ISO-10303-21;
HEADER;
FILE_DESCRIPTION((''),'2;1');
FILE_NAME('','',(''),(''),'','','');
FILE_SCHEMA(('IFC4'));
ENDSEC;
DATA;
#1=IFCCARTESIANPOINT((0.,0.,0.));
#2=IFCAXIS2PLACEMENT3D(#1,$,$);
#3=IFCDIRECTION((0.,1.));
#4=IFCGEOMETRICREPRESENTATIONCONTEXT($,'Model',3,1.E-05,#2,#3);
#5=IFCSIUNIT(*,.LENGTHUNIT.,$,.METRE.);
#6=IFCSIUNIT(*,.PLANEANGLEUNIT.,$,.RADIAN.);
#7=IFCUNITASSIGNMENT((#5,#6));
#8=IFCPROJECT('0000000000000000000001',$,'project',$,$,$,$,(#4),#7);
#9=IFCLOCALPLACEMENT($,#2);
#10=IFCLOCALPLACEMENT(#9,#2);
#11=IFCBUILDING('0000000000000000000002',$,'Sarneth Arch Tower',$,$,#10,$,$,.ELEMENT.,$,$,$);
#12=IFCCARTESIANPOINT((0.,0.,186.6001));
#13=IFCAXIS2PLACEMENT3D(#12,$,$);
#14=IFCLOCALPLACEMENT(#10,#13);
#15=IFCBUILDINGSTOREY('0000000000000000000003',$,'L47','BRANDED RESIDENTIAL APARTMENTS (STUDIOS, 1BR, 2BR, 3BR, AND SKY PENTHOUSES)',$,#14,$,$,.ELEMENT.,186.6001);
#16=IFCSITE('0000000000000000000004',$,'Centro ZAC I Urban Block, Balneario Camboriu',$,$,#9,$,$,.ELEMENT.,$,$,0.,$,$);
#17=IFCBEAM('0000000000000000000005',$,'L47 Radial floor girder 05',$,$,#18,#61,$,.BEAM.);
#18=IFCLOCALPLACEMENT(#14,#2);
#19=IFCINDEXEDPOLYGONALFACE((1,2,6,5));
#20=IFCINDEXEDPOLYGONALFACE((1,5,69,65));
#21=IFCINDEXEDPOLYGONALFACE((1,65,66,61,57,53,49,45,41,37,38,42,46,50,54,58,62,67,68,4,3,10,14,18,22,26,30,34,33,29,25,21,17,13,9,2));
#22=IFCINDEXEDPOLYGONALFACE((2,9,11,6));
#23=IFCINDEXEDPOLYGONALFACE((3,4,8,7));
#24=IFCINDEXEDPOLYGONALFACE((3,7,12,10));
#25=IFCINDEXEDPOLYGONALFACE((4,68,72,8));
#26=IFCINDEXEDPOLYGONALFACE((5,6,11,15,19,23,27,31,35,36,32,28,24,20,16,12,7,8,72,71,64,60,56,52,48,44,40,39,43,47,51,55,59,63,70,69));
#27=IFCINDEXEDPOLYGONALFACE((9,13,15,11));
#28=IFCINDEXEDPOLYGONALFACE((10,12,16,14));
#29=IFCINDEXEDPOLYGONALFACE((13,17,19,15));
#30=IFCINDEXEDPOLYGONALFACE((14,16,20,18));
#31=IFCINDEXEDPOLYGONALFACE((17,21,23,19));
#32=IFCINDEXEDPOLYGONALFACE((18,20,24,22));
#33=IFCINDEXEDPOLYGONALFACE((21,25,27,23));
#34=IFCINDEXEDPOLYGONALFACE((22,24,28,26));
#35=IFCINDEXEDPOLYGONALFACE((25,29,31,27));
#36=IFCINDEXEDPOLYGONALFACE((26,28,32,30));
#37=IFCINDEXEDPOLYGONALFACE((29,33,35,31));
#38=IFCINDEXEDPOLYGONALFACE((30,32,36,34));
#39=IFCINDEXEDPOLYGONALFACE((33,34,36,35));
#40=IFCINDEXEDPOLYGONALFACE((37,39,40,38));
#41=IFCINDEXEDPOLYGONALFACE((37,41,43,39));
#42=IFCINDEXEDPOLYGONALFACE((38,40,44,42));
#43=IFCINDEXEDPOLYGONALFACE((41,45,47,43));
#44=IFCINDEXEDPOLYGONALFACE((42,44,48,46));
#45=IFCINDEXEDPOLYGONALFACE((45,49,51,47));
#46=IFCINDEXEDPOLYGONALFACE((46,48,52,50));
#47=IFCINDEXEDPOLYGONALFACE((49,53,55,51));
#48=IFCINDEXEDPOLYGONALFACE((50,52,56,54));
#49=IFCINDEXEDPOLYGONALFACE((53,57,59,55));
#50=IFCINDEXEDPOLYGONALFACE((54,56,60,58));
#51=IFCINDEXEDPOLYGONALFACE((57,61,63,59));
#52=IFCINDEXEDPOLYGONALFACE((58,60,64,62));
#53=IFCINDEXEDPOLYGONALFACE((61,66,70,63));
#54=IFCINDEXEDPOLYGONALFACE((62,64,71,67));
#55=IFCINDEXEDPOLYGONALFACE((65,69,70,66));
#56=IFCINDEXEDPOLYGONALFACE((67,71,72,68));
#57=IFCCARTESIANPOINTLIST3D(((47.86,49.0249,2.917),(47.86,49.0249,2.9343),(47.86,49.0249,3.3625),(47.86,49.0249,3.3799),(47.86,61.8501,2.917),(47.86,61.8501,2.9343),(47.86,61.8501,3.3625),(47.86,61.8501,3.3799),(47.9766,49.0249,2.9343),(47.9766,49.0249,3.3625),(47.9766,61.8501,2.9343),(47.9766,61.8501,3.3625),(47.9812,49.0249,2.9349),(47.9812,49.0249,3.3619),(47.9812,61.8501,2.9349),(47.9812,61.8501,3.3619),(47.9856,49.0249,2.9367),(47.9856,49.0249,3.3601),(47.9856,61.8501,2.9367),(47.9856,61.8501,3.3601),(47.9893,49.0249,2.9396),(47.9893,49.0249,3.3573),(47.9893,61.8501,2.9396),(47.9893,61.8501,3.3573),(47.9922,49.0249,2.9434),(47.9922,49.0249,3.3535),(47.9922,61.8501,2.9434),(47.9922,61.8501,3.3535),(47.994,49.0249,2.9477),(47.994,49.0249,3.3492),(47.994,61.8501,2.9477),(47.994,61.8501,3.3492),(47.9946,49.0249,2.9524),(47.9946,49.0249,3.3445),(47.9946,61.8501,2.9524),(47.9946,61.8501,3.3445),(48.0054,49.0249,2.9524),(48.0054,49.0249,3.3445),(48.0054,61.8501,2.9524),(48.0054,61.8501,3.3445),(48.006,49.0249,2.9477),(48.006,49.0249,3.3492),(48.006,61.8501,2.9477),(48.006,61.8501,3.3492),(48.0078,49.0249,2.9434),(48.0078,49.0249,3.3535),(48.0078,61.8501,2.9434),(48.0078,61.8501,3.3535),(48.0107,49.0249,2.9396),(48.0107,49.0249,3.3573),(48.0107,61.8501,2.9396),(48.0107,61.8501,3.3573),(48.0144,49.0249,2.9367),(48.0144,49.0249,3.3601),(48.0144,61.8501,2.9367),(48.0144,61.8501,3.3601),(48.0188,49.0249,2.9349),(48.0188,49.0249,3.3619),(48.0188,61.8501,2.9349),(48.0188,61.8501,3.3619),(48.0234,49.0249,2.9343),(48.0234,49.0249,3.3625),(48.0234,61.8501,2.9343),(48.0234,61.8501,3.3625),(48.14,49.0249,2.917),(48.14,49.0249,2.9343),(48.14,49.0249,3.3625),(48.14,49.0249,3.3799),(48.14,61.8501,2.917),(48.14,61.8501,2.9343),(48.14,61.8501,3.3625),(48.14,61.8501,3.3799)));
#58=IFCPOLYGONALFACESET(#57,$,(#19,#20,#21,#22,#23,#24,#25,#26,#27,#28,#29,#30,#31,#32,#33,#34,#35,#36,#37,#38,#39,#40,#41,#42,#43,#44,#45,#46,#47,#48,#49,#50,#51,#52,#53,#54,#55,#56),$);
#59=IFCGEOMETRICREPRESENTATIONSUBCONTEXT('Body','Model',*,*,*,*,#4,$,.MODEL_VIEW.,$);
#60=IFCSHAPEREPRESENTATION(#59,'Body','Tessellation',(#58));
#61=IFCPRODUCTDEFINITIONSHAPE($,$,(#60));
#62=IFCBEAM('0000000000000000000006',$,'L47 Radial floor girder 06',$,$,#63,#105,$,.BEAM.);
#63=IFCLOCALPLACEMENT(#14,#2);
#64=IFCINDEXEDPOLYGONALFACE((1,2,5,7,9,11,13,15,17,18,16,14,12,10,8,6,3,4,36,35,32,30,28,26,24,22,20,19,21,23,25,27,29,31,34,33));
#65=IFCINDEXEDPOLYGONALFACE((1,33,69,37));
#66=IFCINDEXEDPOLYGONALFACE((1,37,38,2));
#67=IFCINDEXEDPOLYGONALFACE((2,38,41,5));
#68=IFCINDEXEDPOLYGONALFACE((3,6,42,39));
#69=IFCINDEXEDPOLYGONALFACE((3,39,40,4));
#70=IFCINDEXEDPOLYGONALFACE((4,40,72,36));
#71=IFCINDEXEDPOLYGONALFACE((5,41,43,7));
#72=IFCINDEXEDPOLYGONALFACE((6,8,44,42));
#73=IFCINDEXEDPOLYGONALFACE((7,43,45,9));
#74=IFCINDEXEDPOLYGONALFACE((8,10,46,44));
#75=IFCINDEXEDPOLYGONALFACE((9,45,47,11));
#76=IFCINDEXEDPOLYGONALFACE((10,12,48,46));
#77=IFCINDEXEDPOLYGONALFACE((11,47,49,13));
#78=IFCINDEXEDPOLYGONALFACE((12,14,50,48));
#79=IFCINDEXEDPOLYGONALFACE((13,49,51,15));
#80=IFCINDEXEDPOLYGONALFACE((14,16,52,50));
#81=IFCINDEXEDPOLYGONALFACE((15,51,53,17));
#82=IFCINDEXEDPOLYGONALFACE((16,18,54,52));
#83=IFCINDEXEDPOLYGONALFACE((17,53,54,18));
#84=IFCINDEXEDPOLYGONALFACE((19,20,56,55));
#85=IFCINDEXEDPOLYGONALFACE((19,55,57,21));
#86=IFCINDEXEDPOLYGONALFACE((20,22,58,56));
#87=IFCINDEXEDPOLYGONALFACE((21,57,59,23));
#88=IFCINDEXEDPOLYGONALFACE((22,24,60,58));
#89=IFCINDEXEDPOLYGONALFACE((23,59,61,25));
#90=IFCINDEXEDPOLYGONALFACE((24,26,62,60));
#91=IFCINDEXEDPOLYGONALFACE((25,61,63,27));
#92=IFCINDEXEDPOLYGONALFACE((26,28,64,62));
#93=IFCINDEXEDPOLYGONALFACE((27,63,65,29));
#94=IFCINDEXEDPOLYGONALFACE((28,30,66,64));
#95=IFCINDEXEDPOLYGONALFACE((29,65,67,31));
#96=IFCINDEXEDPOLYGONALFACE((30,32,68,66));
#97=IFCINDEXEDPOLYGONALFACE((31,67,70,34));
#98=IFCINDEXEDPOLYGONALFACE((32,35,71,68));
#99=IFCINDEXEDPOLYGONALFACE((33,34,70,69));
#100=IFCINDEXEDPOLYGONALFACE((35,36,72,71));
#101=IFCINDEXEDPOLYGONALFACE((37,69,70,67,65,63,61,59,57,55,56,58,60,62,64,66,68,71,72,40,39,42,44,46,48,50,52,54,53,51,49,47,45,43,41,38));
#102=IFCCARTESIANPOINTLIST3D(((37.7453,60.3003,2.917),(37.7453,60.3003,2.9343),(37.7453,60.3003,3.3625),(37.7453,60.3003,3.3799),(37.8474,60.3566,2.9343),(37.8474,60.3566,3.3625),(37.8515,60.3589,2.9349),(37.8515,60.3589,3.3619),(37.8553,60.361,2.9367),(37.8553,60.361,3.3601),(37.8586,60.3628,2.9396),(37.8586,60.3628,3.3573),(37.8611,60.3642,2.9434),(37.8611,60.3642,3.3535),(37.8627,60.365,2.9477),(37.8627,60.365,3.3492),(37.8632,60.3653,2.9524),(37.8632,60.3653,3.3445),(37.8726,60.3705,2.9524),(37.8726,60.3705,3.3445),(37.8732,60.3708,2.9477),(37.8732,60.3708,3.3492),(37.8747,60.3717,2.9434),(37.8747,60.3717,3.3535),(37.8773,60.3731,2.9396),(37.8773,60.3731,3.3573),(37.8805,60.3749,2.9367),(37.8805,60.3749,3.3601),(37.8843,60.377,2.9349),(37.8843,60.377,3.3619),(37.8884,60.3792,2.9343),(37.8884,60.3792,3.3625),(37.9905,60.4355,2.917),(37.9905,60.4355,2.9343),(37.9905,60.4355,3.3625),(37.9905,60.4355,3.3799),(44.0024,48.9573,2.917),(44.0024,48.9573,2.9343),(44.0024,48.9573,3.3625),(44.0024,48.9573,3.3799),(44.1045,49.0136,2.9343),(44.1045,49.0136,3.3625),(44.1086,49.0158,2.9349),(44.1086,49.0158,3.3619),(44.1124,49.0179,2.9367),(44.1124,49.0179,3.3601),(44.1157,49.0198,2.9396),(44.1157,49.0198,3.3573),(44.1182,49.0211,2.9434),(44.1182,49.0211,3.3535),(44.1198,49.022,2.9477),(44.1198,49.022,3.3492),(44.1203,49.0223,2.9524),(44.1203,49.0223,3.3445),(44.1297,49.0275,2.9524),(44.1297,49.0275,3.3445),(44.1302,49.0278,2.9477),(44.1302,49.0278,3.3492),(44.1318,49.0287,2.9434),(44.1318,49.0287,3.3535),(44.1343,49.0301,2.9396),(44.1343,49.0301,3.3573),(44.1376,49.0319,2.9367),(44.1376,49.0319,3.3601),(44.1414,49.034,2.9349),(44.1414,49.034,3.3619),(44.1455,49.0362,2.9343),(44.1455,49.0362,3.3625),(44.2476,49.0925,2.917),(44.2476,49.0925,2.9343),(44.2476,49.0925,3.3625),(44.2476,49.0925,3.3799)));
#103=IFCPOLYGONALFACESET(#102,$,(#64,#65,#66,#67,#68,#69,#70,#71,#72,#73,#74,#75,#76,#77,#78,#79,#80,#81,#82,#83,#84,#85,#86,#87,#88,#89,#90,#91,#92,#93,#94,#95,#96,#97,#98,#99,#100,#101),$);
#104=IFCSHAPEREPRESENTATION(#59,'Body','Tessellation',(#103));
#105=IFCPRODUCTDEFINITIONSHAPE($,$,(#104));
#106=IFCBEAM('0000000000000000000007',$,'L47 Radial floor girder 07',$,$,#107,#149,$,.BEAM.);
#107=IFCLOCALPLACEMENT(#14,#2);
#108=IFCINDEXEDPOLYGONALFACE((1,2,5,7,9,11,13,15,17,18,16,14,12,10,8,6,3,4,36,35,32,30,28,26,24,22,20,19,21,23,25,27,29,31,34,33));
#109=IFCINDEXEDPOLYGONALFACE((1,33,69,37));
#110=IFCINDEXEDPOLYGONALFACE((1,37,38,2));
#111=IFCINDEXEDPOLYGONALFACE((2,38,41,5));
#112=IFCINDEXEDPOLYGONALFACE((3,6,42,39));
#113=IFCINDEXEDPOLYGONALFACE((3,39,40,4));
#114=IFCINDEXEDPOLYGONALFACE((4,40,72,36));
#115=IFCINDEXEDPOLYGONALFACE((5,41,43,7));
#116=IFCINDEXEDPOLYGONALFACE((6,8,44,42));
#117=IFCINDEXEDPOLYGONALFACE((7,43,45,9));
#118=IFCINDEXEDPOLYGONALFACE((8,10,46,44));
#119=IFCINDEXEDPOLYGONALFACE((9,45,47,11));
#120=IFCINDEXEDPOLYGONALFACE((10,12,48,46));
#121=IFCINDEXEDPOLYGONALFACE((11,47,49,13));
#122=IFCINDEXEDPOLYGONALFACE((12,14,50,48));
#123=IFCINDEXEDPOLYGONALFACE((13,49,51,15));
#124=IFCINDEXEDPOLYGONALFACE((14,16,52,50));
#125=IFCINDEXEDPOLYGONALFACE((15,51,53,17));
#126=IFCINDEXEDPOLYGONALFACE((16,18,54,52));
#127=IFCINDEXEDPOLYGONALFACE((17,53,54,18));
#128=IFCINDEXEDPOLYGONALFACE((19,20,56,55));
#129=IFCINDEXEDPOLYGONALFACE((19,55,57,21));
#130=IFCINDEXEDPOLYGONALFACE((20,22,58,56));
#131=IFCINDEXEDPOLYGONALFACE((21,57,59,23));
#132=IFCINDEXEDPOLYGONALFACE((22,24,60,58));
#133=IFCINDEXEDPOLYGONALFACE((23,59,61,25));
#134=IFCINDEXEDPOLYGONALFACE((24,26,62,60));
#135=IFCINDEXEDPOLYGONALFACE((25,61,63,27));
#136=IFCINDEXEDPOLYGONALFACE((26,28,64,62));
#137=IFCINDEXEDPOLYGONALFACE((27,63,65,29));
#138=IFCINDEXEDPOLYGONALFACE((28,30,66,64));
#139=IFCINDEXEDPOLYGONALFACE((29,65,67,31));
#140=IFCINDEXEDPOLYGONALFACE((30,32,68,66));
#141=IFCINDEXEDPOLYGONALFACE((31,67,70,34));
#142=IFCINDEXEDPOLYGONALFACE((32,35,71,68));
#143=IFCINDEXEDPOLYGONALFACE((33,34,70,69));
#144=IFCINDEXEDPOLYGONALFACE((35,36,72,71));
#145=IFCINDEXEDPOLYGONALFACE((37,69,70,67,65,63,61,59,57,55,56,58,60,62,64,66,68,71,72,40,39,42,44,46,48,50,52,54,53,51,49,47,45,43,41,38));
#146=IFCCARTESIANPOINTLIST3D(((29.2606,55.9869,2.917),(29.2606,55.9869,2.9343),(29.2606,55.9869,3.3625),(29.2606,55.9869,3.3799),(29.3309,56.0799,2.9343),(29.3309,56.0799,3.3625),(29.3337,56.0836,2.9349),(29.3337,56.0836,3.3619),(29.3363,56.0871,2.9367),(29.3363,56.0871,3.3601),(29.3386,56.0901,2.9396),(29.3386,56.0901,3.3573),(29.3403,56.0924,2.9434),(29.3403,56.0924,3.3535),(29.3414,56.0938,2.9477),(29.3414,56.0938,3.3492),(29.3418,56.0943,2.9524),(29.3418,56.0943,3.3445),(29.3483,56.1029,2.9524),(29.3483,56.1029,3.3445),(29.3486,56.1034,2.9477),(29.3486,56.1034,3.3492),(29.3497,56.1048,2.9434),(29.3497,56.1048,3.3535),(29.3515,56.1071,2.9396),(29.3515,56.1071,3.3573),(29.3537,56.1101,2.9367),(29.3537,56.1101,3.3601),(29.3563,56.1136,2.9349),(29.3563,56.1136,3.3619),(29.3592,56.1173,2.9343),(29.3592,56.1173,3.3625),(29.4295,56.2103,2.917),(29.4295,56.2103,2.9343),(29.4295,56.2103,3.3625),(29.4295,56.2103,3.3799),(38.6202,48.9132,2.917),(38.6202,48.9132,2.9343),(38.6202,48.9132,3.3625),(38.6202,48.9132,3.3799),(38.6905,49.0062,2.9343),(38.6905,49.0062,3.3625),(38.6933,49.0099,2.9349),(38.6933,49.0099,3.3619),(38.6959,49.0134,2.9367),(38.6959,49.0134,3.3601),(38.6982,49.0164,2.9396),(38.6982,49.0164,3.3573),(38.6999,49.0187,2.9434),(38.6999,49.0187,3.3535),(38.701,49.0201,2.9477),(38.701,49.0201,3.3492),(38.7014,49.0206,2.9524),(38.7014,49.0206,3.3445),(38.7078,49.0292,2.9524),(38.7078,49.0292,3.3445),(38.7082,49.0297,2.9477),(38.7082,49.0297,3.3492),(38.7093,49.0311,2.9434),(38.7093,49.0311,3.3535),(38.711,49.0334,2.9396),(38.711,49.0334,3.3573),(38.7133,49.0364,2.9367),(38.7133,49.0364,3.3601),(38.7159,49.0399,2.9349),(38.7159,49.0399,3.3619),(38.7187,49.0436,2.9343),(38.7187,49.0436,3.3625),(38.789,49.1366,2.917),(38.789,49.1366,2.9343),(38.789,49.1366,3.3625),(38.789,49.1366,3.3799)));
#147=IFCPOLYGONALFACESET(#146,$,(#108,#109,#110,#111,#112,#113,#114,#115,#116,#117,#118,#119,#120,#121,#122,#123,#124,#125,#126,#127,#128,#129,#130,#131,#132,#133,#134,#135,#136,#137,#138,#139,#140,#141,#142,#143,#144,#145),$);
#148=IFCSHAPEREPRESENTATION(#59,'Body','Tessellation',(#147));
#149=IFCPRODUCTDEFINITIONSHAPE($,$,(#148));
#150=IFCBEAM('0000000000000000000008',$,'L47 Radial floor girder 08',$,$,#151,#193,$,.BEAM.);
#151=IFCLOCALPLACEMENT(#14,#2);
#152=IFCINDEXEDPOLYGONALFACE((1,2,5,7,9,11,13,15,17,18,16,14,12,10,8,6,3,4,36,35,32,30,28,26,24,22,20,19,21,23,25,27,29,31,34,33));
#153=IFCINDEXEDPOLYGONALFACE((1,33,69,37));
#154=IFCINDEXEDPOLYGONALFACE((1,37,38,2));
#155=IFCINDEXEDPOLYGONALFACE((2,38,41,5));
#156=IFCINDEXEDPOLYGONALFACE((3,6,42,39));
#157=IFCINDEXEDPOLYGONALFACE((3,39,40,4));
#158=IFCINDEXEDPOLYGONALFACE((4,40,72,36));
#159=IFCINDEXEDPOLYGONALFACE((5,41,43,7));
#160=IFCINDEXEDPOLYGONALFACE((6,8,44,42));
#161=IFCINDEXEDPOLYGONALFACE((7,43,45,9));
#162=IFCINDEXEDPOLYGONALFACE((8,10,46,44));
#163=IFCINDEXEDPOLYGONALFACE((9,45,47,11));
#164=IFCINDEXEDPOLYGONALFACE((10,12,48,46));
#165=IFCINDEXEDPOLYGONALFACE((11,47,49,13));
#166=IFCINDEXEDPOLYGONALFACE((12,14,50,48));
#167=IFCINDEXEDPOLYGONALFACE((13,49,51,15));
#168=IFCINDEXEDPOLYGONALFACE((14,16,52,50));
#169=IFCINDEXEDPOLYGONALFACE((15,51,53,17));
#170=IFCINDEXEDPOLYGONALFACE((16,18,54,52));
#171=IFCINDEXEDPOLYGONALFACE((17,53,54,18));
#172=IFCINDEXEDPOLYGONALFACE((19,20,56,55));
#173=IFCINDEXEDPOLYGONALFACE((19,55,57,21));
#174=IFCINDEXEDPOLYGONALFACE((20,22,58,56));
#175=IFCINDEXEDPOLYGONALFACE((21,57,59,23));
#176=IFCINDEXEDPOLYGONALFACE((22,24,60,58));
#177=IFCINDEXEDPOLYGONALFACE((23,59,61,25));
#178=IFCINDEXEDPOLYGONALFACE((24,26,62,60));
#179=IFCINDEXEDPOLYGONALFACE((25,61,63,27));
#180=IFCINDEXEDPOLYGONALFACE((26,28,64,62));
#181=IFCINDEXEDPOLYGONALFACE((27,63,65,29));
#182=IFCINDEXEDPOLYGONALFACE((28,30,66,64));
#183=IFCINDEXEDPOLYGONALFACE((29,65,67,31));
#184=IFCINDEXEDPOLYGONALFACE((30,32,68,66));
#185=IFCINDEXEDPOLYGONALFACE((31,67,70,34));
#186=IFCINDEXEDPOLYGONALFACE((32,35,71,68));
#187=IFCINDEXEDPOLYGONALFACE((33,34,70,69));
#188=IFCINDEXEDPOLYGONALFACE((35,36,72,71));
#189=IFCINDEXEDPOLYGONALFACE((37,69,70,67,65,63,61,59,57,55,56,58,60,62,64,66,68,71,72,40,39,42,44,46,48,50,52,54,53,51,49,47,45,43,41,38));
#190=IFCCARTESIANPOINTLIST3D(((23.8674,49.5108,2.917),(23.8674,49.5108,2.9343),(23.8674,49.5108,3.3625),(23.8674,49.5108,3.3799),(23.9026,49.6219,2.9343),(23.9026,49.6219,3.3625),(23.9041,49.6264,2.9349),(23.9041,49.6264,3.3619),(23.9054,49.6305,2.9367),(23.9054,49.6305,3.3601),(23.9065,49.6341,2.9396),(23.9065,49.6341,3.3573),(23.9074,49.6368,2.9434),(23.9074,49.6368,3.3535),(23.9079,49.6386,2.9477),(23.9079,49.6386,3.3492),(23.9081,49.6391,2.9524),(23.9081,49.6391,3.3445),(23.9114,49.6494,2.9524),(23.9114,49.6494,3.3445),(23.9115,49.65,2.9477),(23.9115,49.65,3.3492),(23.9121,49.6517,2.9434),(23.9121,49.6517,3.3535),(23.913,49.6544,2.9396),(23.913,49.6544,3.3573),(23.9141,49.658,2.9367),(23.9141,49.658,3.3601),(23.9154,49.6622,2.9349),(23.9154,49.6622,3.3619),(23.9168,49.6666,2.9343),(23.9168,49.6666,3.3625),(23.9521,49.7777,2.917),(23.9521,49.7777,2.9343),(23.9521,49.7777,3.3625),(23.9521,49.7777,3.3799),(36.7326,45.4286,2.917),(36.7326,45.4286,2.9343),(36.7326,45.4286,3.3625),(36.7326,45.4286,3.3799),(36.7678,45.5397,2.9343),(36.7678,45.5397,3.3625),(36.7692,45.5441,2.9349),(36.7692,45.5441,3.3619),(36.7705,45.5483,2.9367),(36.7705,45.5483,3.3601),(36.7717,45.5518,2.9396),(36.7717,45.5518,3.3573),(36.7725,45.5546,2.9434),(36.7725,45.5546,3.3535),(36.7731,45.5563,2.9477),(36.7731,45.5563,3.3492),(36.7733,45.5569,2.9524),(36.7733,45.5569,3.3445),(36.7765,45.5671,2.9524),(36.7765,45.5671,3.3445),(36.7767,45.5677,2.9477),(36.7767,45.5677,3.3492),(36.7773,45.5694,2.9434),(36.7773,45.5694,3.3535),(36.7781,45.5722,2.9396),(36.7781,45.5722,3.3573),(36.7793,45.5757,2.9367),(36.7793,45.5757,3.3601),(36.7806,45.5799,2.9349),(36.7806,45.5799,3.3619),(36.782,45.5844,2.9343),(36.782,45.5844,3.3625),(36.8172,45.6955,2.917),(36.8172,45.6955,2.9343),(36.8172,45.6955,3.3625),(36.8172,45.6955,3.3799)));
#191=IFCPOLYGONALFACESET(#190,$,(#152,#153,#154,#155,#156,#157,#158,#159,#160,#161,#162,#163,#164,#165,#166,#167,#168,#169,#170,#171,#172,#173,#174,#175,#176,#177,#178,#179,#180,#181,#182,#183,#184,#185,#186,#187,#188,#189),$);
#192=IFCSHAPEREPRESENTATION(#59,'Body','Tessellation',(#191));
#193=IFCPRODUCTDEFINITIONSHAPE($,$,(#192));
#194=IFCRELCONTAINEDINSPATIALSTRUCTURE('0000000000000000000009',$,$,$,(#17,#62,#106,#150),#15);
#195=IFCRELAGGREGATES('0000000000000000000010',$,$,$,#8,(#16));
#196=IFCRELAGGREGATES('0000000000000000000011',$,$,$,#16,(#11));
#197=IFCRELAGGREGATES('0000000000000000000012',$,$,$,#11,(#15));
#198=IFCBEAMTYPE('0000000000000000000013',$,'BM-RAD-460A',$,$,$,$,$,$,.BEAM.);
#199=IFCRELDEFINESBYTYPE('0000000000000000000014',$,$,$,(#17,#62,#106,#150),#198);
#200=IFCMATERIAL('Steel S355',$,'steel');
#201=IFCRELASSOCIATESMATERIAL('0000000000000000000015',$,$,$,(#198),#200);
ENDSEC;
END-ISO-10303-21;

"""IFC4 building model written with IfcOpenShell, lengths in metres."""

from ifc_helpers import new_model, si_unit, direction, frame, origin, origin_2d, place, context, subcontext, project, spatial, i_section, extrude, material, material_profile, profile_set, type_object, element, save


model = new_model("IFC4")

# Units and contexts
model_context = context("Model", 3, precision=1e-05, world=origin(), true_north=direction((0.0, 1.0)))
body_context = subcontext(model_context, "Body", "Model", "MODEL_VIEW")
ifc_project = project(units=[si_unit("LENGTHUNIT", "METRE"), si_unit("PLANEANGLEUNIT", "RADIAN")], contexts=[model_context])

# Site, building, storey
site_placement = place(None, origin())
site = spatial("IfcSite", under=ifc_project, at=site_placement, Name="Centro ZAC I Urban Block, Balneario Camboriu", CompositionType="ELEMENT", RefElevation=0.0)
building_placement = place(site_placement, origin())
building = spatial("IfcBuilding", under=site, at=building_placement, Name="Sarneth Arch Tower", CompositionType="ELEMENT")
storey_placement = place(building_placement, frame((0.0, 0.0, 186.6001)))
storey = spatial("IfcBuildingStorey", under=building, at=storey_placement, Name="L47", Description="BRANDED RESIDENTIAL APARTMENTS (STUDIOS, 1BR, 2BR, 3BR, AND SKY PENTHOUSES)", CompositionType="ELEMENT", Elevation=186.6001)

# Beams
ifc_material_1 = material(Name="Steel S355", Category="steel")
ifc_material_profile = material_profile(ifc_material_1, i_section(OverallWidth=0.28, OverallDepth=0.4629, WebThickness=0.0107, FlangeThickness=0.0173, FilletRadius=0.0181, at=origin_2d()), Name="W460x113")
ifc_profile_set = profile_set([ifc_material_profile], Name="Steel S355")
beam_type = type_object("IfcBeamType", Name="BM-RAD-460A", PredefinedType="BEAM", material=ifc_profile_set)
beam_1_placement = place(storey_placement, frame((48.0, 49.0249, 3.1484), z_axis=(0.0, 1.0, 0.0), x_axis=(-1.0, 0.0, 0.0)))
element("IfcBeam", 1, at=beam_1_placement, inside=storey, type_object=beam_type, Name="L47 Radial floor girder 05", PredefinedType="BEAM", context=body_context, shape_type="SweptSolid", body=[
    extrude(i_section(OverallWidth=0.28, OverallDepth=0.4629, WebThickness=0.0107, FlangeThickness=0.0173, FilletRadius=0.0181, at=origin_2d()), origin(), (0.0, 0.0, 1.0), 12.8252),
])
beam_2_placement = place(storey_placement, frame((44.125, 49.0249, 3.1484), z_axis=(-0.48301, 0.875615, 0.0), x_axis=(-0.875615, -0.48301, 0.0)))
element("IfcBeam", 2, at=beam_2_placement, inside=storey, type_object=beam_type, Name="L47 Radial floor girder 06", PredefinedType="BEAM", context=body_context, shape_type="SweptSolid", body=[
    extrude(i_section(OverallWidth=0.28, OverallDepth=0.4629, WebThickness=0.0107, FlangeThickness=0.0173, FilletRadius=0.0181, at=origin_2d()), origin(), (0.0, 0.0, 1.0), 12.9543),
])
beam_3_placement = place(storey_placement, frame((38.7046, 49.0249, 3.1484), z_axis=(-0.797785, 0.602943, 0.0), x_axis=(-0.602943, -0.797785, 0.0)))
element("IfcBeam", 3, at=beam_3_placement, inside=storey, type_object=beam_type, Name="L47 Radial floor girder 07", PredefinedType="BEAM", context=body_context, shape_type="SweptSolid", body=[
    extrude(i_section(OverallWidth=0.28, OverallDepth=0.4629, WebThickness=0.0107, FlangeThickness=0.0173, FilletRadius=0.0181, at=origin_2d()), origin(), (0.0, 0.0, 1.0), 11.7319),
])
beam_4_placement = place(storey_placement, frame((36.7749, 45.562, 3.1484), z_axis=(-0.953165, 0.302449, 0.0), x_axis=(-0.302449, -0.953165, 0.0)))
element("IfcBeam", 4, at=beam_4_placement, inside=storey, type_object=beam_type, Name="L47 Radial floor girder 08", PredefinedType="BEAM", context=body_context, shape_type="SweptSolid", body=[
    extrude(i_section(OverallWidth=0.28, OverallDepth=0.4629, WebThickness=0.0107, FlangeThickness=0.0173, FilletRadius=0.0181, at=origin_2d()), origin(), (0.0, 0.0, 1.0), 13.4973),
])

save(model, "model.ifc")
